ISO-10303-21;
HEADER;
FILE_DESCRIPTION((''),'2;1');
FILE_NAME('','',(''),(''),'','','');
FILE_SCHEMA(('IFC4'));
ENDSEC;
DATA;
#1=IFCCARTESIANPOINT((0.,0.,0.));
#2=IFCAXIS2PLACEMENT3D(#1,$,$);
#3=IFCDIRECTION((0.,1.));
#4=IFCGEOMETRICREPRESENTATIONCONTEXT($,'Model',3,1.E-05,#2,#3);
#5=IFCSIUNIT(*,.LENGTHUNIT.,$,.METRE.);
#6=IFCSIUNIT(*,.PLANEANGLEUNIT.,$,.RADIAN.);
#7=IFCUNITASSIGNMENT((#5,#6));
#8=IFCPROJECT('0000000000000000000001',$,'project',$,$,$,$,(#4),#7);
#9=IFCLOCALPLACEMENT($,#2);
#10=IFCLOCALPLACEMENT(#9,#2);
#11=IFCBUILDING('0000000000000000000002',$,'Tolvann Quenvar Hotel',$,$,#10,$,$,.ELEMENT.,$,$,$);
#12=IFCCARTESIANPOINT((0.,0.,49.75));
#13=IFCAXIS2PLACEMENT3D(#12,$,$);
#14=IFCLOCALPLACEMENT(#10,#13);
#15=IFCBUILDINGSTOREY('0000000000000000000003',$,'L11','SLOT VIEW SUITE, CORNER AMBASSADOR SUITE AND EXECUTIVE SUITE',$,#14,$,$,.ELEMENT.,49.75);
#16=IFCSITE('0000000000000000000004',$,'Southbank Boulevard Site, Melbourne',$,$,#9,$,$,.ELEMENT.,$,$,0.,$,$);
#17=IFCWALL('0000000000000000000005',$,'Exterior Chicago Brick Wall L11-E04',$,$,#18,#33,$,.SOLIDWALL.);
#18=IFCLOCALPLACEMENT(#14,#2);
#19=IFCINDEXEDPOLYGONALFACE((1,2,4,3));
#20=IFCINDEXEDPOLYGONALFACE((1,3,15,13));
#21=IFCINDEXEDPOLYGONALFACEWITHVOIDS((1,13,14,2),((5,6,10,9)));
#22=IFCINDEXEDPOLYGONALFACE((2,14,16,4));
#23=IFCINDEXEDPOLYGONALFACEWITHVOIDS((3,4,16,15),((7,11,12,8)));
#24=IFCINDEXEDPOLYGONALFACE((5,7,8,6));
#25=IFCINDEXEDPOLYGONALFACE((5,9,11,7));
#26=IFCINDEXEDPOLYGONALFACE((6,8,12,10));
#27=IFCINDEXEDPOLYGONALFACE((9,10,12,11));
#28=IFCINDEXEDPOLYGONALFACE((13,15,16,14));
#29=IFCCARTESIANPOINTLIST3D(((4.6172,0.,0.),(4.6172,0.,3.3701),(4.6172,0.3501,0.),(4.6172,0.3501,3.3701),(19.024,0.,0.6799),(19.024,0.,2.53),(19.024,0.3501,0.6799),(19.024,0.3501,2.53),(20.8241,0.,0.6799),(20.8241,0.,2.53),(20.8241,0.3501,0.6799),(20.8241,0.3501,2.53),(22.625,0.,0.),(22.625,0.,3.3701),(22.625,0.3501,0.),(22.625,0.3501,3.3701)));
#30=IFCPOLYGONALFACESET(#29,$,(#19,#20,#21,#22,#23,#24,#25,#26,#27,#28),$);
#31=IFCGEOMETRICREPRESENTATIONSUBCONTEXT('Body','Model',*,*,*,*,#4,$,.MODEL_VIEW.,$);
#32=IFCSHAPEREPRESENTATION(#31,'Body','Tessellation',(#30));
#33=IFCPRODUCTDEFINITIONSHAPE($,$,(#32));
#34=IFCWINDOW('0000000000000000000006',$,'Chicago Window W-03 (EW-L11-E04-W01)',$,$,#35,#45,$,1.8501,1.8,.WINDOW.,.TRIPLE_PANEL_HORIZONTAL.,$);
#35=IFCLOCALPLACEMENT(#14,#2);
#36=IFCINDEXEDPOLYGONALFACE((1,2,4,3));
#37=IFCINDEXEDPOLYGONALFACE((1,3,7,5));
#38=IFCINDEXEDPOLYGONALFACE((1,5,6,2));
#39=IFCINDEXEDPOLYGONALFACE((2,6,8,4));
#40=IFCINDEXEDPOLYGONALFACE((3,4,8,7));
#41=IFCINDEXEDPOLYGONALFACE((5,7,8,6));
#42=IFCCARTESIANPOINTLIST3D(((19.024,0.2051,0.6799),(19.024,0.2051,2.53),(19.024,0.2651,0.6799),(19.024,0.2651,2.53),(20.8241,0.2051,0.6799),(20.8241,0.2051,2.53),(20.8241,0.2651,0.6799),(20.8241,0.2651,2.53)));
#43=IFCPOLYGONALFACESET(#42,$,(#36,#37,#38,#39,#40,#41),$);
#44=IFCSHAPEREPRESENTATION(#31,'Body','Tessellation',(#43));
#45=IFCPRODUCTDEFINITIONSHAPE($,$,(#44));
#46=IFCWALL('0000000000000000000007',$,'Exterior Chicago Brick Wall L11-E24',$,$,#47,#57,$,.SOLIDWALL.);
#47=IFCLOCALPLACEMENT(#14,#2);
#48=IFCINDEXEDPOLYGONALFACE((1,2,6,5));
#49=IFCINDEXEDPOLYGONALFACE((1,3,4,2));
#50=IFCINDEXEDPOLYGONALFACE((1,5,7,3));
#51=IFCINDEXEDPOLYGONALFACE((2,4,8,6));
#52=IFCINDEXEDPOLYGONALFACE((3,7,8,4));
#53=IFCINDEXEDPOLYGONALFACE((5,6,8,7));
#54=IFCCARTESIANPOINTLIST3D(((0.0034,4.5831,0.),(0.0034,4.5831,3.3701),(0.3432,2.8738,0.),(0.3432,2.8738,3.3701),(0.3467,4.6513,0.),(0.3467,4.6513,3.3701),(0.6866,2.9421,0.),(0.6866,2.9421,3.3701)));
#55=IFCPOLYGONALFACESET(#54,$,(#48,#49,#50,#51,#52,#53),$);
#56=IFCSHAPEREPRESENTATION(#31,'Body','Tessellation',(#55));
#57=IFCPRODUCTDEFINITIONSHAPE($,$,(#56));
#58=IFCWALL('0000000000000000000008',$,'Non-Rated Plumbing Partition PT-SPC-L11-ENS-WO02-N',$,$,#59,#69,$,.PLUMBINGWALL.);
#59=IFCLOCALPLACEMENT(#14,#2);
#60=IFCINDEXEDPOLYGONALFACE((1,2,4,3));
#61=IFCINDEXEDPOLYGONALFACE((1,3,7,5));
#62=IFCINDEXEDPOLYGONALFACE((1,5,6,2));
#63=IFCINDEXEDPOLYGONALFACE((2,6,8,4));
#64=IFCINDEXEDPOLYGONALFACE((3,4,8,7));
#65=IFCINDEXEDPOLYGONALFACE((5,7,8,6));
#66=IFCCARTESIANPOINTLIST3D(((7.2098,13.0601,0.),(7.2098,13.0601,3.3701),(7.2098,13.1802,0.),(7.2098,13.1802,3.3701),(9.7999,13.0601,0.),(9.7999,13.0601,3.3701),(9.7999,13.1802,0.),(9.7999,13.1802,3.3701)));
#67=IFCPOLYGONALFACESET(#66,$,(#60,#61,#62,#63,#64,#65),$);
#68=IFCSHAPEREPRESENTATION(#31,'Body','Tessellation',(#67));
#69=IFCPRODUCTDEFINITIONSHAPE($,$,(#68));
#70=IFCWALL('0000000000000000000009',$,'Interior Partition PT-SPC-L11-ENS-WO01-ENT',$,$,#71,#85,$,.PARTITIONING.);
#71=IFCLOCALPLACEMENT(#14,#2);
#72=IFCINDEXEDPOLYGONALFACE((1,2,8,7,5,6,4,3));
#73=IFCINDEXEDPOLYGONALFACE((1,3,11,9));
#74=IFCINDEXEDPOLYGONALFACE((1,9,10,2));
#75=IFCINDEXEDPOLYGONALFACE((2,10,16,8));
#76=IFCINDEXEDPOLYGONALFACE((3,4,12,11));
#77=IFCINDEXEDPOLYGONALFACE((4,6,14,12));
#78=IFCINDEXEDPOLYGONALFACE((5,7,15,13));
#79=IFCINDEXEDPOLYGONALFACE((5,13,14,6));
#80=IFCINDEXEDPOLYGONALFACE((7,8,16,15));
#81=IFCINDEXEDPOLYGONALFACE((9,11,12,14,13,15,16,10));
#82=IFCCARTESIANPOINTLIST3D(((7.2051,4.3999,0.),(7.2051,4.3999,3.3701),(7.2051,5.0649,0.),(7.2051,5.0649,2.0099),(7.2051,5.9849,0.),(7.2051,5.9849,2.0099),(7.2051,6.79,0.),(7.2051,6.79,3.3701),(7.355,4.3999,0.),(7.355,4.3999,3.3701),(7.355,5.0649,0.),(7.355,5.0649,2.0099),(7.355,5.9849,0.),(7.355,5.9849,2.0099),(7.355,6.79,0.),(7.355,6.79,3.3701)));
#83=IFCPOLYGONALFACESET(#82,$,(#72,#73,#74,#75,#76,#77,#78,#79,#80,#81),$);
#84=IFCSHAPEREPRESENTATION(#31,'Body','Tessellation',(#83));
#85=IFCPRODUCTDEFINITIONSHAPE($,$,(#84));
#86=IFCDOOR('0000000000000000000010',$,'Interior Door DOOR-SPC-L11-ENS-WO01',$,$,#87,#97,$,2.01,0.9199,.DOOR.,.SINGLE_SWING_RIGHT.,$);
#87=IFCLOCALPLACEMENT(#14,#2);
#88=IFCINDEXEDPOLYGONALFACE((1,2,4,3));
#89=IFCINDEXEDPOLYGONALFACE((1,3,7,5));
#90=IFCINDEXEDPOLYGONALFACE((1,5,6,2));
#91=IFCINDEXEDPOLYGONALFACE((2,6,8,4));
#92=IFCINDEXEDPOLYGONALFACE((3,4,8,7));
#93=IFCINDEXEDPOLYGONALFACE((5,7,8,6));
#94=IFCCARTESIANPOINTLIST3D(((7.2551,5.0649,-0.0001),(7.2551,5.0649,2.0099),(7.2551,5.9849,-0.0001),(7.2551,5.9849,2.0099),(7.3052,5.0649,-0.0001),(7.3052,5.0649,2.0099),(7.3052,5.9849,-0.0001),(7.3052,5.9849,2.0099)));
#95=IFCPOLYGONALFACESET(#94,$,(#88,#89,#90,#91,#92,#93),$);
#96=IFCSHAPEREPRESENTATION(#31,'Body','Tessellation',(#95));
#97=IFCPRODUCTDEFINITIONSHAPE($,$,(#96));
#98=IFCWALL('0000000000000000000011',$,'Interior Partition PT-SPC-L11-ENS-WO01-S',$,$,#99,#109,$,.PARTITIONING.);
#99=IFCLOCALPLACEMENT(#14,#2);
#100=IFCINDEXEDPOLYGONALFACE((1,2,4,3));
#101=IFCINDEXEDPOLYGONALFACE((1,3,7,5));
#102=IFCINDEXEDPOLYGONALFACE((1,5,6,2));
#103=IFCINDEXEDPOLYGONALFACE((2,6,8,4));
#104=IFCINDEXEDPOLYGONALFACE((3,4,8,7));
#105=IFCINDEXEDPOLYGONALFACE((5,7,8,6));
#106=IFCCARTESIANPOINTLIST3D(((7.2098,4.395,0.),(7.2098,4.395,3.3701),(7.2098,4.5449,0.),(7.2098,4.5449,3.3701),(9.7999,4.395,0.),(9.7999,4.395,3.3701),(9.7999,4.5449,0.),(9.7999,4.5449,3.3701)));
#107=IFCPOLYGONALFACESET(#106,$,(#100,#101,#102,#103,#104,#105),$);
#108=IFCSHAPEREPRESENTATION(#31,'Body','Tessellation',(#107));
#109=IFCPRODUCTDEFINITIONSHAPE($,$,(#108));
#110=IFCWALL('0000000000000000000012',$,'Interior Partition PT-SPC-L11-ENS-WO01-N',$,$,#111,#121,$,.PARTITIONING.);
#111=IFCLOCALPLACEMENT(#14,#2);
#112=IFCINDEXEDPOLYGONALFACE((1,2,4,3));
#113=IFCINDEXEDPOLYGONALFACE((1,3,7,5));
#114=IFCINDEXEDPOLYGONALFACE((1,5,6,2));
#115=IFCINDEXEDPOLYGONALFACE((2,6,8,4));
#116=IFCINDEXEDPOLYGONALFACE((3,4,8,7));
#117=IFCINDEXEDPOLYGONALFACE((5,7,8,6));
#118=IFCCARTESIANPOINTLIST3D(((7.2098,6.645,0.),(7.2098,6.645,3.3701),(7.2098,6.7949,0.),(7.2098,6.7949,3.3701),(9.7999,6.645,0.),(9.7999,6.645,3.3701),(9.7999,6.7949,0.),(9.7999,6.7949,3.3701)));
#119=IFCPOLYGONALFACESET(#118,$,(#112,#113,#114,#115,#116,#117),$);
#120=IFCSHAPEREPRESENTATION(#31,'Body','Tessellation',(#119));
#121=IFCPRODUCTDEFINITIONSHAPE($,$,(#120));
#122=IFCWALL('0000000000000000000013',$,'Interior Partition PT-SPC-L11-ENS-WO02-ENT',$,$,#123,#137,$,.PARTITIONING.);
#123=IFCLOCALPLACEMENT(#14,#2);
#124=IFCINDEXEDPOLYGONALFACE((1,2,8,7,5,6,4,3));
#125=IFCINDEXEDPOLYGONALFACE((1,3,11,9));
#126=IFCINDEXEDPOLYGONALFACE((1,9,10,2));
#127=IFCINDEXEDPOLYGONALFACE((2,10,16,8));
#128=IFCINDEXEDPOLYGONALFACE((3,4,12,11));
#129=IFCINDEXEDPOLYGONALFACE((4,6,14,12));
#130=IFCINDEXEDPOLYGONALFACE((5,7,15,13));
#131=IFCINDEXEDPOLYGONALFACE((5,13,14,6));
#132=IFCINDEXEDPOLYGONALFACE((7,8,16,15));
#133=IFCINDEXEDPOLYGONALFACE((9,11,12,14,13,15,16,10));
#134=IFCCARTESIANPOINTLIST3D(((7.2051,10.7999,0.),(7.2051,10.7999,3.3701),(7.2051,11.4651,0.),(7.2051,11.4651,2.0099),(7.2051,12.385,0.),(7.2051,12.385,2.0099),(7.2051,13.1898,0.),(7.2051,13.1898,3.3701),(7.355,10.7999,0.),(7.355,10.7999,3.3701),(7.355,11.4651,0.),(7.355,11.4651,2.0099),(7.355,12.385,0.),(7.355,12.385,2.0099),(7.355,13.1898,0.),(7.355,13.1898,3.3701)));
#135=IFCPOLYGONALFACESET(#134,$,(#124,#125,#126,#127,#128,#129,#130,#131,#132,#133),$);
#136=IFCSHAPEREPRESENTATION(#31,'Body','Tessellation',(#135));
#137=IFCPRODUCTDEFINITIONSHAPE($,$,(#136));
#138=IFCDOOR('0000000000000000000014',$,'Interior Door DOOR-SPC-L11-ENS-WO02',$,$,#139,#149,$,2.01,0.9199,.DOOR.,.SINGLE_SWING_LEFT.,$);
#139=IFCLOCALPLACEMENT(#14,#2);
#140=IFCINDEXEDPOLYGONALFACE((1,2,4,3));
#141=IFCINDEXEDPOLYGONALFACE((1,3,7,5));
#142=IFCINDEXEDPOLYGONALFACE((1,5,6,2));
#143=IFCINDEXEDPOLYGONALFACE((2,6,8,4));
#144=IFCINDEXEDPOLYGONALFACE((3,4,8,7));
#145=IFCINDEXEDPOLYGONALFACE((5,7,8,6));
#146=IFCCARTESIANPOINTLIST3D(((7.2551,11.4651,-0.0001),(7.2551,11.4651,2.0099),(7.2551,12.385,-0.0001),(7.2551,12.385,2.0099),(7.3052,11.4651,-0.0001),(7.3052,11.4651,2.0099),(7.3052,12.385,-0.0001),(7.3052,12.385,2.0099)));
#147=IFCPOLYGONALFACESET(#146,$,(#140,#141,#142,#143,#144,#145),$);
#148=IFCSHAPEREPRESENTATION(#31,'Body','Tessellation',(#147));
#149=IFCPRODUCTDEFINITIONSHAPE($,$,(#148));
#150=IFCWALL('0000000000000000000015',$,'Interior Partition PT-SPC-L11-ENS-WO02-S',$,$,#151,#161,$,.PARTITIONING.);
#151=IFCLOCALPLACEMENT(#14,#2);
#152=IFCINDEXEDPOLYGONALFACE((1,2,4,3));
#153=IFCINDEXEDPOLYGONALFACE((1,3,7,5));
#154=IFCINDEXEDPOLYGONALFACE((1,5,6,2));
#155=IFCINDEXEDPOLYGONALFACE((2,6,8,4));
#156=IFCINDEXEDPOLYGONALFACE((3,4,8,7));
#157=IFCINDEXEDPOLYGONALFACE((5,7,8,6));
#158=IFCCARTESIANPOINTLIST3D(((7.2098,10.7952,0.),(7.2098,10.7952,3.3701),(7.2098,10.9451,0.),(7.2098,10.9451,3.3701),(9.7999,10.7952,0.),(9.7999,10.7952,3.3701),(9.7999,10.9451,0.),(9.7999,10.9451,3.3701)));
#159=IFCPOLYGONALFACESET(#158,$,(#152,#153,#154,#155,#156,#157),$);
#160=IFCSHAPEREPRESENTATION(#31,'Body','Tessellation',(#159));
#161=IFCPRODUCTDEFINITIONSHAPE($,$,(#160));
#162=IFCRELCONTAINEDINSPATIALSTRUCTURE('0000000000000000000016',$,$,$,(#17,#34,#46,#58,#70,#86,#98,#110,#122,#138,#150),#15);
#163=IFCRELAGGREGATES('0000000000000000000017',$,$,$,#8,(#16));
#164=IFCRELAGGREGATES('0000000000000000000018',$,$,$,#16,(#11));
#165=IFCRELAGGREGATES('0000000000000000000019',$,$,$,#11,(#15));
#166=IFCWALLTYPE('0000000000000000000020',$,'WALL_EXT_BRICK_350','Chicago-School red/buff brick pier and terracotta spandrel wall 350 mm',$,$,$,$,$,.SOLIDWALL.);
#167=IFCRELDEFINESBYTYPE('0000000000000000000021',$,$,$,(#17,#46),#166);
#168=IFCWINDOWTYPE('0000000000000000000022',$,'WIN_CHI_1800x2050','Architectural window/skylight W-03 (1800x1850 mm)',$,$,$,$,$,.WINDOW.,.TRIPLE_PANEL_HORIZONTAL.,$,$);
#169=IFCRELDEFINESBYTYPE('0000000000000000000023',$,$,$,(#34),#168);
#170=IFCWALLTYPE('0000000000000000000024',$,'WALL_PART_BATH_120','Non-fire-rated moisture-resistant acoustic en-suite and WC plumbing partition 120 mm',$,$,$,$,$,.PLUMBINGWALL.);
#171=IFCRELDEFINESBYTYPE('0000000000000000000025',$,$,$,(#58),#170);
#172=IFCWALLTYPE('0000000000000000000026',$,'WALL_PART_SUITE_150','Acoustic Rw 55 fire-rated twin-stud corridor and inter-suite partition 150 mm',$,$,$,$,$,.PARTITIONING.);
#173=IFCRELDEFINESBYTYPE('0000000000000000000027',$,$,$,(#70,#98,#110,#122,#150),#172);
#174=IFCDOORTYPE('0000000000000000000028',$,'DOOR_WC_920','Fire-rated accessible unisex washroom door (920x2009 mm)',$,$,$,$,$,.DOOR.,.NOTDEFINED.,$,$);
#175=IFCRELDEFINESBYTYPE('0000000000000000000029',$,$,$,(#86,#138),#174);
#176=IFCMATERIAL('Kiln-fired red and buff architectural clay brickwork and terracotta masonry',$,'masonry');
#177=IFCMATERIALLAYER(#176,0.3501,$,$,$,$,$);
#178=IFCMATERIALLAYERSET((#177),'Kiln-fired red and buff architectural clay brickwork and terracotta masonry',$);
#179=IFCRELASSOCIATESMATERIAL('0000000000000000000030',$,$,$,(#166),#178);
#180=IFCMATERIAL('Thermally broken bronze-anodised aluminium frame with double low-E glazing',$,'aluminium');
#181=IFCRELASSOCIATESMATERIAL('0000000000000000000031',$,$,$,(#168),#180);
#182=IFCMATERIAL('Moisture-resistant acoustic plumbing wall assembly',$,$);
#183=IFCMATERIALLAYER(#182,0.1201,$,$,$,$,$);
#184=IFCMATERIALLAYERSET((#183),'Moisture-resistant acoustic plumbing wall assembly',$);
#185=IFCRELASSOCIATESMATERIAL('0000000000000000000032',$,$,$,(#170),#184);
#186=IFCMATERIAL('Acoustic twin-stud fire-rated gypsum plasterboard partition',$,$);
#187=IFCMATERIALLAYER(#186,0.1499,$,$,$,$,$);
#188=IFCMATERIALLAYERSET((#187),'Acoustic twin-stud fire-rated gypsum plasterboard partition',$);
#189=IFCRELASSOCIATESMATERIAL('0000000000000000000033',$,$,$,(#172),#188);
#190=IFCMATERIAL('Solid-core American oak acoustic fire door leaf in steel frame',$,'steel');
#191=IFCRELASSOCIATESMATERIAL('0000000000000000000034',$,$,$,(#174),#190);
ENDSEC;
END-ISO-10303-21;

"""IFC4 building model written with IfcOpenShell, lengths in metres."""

from ifc_helpers import new_model, si_unit, direction, frame, frame_2d, origin, place, context, subcontext, project, spatial, rectangle, extrude, source, transform, mapped, material, layer, layer_set, type_object, type_shapes, element, fill, save


model = new_model("IFC4")

# Units and contexts
model_context = context("Model", 3, precision=1e-05, world=origin(), true_north=direction((0.0, 1.0)))
body_context = subcontext(model_context, "Body", "Model", "MODEL_VIEW")
ifc_project = project(units=[si_unit("LENGTHUNIT", "METRE"), si_unit("PLANEANGLEUNIT", "RADIAN")], contexts=[model_context])

# Site, building, storey
site_placement = place(None, origin())
site = spatial("IfcSite", under=ifc_project, at=site_placement, Name="Southbank Boulevard Site, Melbourne", CompositionType="ELEMENT", RefElevation=0.0)
building_placement = place(site_placement, origin())
building = spatial("IfcBuilding", under=site, at=building_placement, Name="Tolvann Quenvar Hotel", CompositionType="ELEMENT")
storey_placement = place(building_placement, frame((0.0, 0.0, 49.75)))
storey = spatial("IfcBuildingStorey", under=building, at=storey_placement, Name="L11", Description="SLOT VIEW SUITE, CORNER AMBASSADOR SUITE AND EXECUTIVE SUITE", CompositionType="ELEMENT", Elevation=49.75)

# Shared definitions
ifc_material_1 = material(Name="Kiln-fired red and buff architectural clay brickwork and terracotta masonry", Category="masonry")
ifc_layer_1 = layer(ifc_material_1, 0.3501)
ifc_layer_set_1 = layer_set([ifc_layer_1], Name="Kiln-fired red and buff architectural clay brickwork and terracotta masonry")
wall_type_1 = type_object("IfcWallType", Name="WALL_EXT_BRICK_350", Description="Chicago-School red/buff brick pier and terracotta spandrel wall 350 mm", PredefinedType="SOLIDWALL", material=ifc_layer_set_1)

# Wall, opening, window
wall_1_placement = place(storey_placement, frame((4.6172, 0.175, 0.0), z_axis=(0.0, 0.0, 1.0), x_axis=(1.0, 0.0, 0.0)))
wall_1 = element("IfcWall", 1, at=wall_1_placement, inside=storey, type_object=wall_type_1, Name="Exterior Chicago Brick Wall L11-E04", PredefinedType="SOLIDWALL", context=body_context, shape_type="SweptSolid", body=[
    extrude(rectangle(XDim=18.0078, YDim=0.3501, at=frame_2d((9.0039, 0.0))), origin(), (0.0, 0.0, 1.0), 3.3701),
])
opening_1_placement = place(wall_1_placement, frame((14.407, 0.0, 0.6799)))
opening_1 = element("IfcOpeningElement", 2, at=opening_1_placement, cuts=wall_1, PredefinedType="OPENING", context=body_context, shape_type="SweptSolid", body=[
    extrude(rectangle(XDim=1.8, YDim=1.8501, at=frame_2d((0.8999, 0.925))), frame((0.0, 0.1851, 0.0), z_axis=(0.0, -1.0, 0.0), x_axis=(1.0, 0.0, 0.0)), (0.0, 0.0, 1.0), 0.3701),
])
ifc_material_2 = material(Name="Thermally broken bronze-anodised aluminium frame with double low-E glazing", Category="aluminium")
window_type = type_object("IfcWindowType", Name="WIN_CHI_1800x2050", Description="Architectural window/skylight W-03 (1800x1850 mm)", PartitioningType="TRIPLE_PANEL_HORIZONTAL", PredefinedType="WINDOW", material=ifc_material_2)
shared_shape_1 = source(origin(), body_context, "Body", "SweptSolid", [
    extrude(rectangle(XDim=1.8, YDim=1.8501, at=frame_2d((0.8999, 0.925))), frame((0.0, 0.0901, 0.0), z_axis=(0.0, -1.0, 0.0), x_axis=(1.0, 0.0, 0.0)), (0.0, 0.0, 1.0), 0.0601),
])
type_shapes(window_type, [shared_shape_1])
window_placement = place(opening_1_placement, origin())
window = element("IfcWindow", 3, at=window_placement, inside=storey, type_object=window_type, Name="Chicago Window W-03 (EW-L11-E04-W01)", OverallHeight=1.8501, OverallWidth=1.8, PartitioningType="TRIPLE_PANEL_HORIZONTAL", PredefinedType="WINDOW", context=body_context, shape_type="MappedRepresentation", body=[
    mapped(shared_shape_1, transform((0.0, 0.0, 0.0), x_axis=(1.0, 0.0, 0.0), y_axis=(0.0, 1.0, 0.0), z_axis=(0.0, 0.0, 1.0), scale=1.0)),
])
fill(opening_1, window)

# Walls
wall_2_placement = place(storey_placement, frame((0.175, 4.6172, 0.0), z_axis=(0.0, 0.0, 1.0), x_axis=(0.195011, -0.980801, 0.0)))
element("IfcWall", 4, at=wall_2_placement, inside=storey, type_object=wall_type_1, Name="Exterior Chicago Brick Wall L11-E24", PredefinedType="SOLIDWALL", context=body_context, shape_type="SweptSolid", body=[
    extrude(rectangle(XDim=1.7427, YDim=0.3501, at=frame_2d((0.8713, 0.0))), origin(), (0.0, 0.0, 1.0), 3.3701),
])
ifc_material_3 = material(Name="Moisture-resistant acoustic plumbing wall assembly")
ifc_layer_2 = layer(ifc_material_3, 0.1201)
ifc_layer_set_2 = layer_set([ifc_layer_2], Name="Moisture-resistant acoustic plumbing wall assembly")
wall_type_2 = type_object("IfcWallType", Name="WALL_PART_BATH_120", Description="Non-fire-rated moisture-resistant acoustic en-suite and WC plumbing partition 120 mm", PredefinedType="PLUMBINGWALL", material=ifc_layer_set_2)
wall_3_placement = place(storey_placement, frame((7.21, 13.1201, 0.0), z_axis=(0.0, 0.0, 1.0), x_axis=(1.0, 0.0, 0.0)))
element("IfcWall", 5, at=wall_3_placement, inside=storey, type_object=wall_type_2, Name="Non-Rated Plumbing Partition PT-SPC-L11-ENS-WO02-N", PredefinedType="PLUMBINGWALL", context=body_context, shape_type="SweptSolid", body=[
    extrude(rectangle(XDim=2.5901, YDim=0.1201, at=frame_2d((1.2949, 0.0))), origin(), (0.0, 0.0, 1.0), 3.3701),
])

# Wall, opening, door
ifc_material_4 = material(Name="Acoustic twin-stud fire-rated gypsum plasterboard partition")
ifc_layer_3 = layer(ifc_material_4, 0.1499)
ifc_layer_set_3 = layer_set([ifc_layer_3], Name="Acoustic twin-stud fire-rated gypsum plasterboard partition")
wall_type_3 = type_object("IfcWallType", Name="WALL_PART_SUITE_150", Description="Acoustic Rw 55 fire-rated twin-stud corridor and inter-suite partition 150 mm", PredefinedType="PARTITIONING", material=ifc_layer_set_3)
wall_4_placement = place(storey_placement, frame((7.28, 4.3999, 0.0), z_axis=(0.0, 0.0, 1.0), x_axis=(0.0, 1.0, 0.0)))
wall_4 = element("IfcWall", 6, at=wall_4_placement, inside=storey, type_object=wall_type_3, Name="Interior Partition PT-SPC-L11-ENS-WO01-ENT", PredefinedType="PARTITIONING", context=body_context, shape_type="SweptSolid", body=[
    extrude(rectangle(XDim=2.3901, YDim=0.1499, at=frame_2d((1.1951, 0.0))), origin(), (0.0, 0.0, 1.0), 3.3701),
])
opening_2_placement = place(wall_4_placement, frame((0.665, 0.0, 0.0)))
opening_2 = element("IfcOpeningElement", 7, at=opening_2_placement, cuts=wall_4, PredefinedType="OPENING", context=body_context, shape_type="SweptSolid", body=[
    extrude(rectangle(XDim=0.9199, YDim=2.01, at=frame_2d((0.46, 1.0049))), frame((0.0, 0.085, 0.0), z_axis=(0.0, -1.0, 0.0), x_axis=(1.0, 0.0, 0.0)), (0.0, 0.0, 1.0), 0.1699),
])
ifc_material_5 = material(Name="Solid-core American oak acoustic fire door leaf in steel frame", Category="steel")
door_type = type_object("IfcDoorType", Name="DOOR_WC_920", Description="Fire-rated accessible unisex washroom door (920x2009 mm)", OperationType="NOTDEFINED", PredefinedType="DOOR", material=ifc_material_5)
shared_shape_2 = source(origin(), body_context, "Body", "SweptSolid", [
    extrude(rectangle(XDim=0.9199, YDim=2.01, at=frame_2d((0.46, 1.0049))), frame((0.0, 0.0249, 0.0), z_axis=(0.0, -1.0, 0.0), x_axis=(1.0, 0.0, 0.0)), (0.0, 0.0, 1.0), 0.05),
])
type_shapes(door_type, [shared_shape_2])
door_1_placement = place(opening_2_placement, origin())
door_1 = element("IfcDoor", 8, at=door_1_placement, inside=storey, type_object=door_type, Name="Interior Door DOOR-SPC-L11-ENS-WO01", OperationType="SINGLE_SWING_RIGHT", OverallHeight=2.01, OverallWidth=0.9199, PredefinedType="DOOR", context=body_context, shape_type="MappedRepresentation", body=[
    mapped(shared_shape_2, transform((0.0, 0.0, 0.0), x_axis=(1.0, 0.0, 0.0), y_axis=(0.0, 1.0, 0.0), z_axis=(0.0, 0.0, 1.0), scale=1.0)),
])
fill(opening_2, door_1)

# Walls
for number, where, z_axis, x_axis, name in (
    (9, (7.21, 4.47, 0.0), (0.0, 0.0, 1.0), (1.0, 0.0, 0.0), "Interior Partition PT-SPC-L11-ENS-WO01-S"),
    (10, (7.21, 6.72, 0.0), (0.0, 0.0, 1.0), (1.0, 0.0, 0.0), "Interior Partition PT-SPC-L11-ENS-WO01-N"),
):
    element("IfcWall", number, at=place(storey_placement, frame(where, z_axis=z_axis, x_axis=x_axis)), inside=storey, type_object=wall_type_3, Name=name, PredefinedType="PARTITIONING", context=body_context, shape_type="SweptSolid", body=[
        extrude(rectangle(XDim=2.5901, YDim=0.1499, at=frame_2d((1.2949, 0.0))), origin(), (0.0, 0.0, 1.0), 3.3701),
    ])

# Wall, opening, door
wall_5_placement = place(storey_placement, frame((7.28, 10.8, 0.0), z_axis=(0.0, 0.0, 1.0), x_axis=(0.0, 1.0, 0.0)))
wall_5 = element("IfcWall", 11, at=wall_5_placement, inside=storey, type_object=wall_type_3, Name="Interior Partition PT-SPC-L11-ENS-WO02-ENT", PredefinedType="PARTITIONING", context=body_context, shape_type="SweptSolid", body=[
    extrude(rectangle(XDim=2.3899, YDim=0.1499, at=frame_2d((1.1948, 0.0))), origin(), (0.0, 0.0, 1.0), 3.3701),
])
opening_3_placement = place(wall_5_placement, frame((0.665, 0.0, 0.0)))
opening_3 = element("IfcOpeningElement", 12, at=opening_3_placement, cuts=wall_5, PredefinedType="OPENING", context=body_context, shape_type="SweptSolid", body=[
    extrude(rectangle(XDim=0.9199, YDim=2.01, at=frame_2d((0.46, 1.0049))), frame((0.0, 0.085, 0.0), z_axis=(0.0, -1.0, 0.0), x_axis=(1.0, 0.0, 0.0)), (0.0, 0.0, 1.0), 0.1699),
])
door_2_placement = place(opening_3_placement, origin())
door_2 = element("IfcDoor", 13, at=door_2_placement, inside=storey, type_object=door_type, Name="Interior Door DOOR-SPC-L11-ENS-WO02", OperationType="SINGLE_SWING_LEFT", OverallHeight=2.01, OverallWidth=0.9199, PredefinedType="DOOR", context=body_context, shape_type="MappedRepresentation", body=[
    mapped(shared_shape_2, transform((0.0, 0.0, 0.0), x_axis=(1.0, 0.0, 0.0), y_axis=(0.0, 1.0, 0.0), z_axis=(0.0, 0.0, 1.0), scale=1.0)),
])
fill(opening_3, door_2)

# Wall
wall_6_placement = place(storey_placement, frame((7.21, 10.8701, 0.0), z_axis=(0.0, 0.0, 1.0), x_axis=(1.0, 0.0, 0.0)))
element("IfcWall", 14, at=wall_6_placement, inside=storey, type_object=wall_type_3, Name="Interior Partition PT-SPC-L11-ENS-WO02-S", PredefinedType="PARTITIONING", context=body_context, shape_type="SweptSolid", body=[
    extrude(rectangle(XDim=2.5901, YDim=0.1499, at=frame_2d((1.2949, 0.0))), origin(), (0.0, 0.0, 1.0), 3.3701),
])

save(model, "model.ifc")
